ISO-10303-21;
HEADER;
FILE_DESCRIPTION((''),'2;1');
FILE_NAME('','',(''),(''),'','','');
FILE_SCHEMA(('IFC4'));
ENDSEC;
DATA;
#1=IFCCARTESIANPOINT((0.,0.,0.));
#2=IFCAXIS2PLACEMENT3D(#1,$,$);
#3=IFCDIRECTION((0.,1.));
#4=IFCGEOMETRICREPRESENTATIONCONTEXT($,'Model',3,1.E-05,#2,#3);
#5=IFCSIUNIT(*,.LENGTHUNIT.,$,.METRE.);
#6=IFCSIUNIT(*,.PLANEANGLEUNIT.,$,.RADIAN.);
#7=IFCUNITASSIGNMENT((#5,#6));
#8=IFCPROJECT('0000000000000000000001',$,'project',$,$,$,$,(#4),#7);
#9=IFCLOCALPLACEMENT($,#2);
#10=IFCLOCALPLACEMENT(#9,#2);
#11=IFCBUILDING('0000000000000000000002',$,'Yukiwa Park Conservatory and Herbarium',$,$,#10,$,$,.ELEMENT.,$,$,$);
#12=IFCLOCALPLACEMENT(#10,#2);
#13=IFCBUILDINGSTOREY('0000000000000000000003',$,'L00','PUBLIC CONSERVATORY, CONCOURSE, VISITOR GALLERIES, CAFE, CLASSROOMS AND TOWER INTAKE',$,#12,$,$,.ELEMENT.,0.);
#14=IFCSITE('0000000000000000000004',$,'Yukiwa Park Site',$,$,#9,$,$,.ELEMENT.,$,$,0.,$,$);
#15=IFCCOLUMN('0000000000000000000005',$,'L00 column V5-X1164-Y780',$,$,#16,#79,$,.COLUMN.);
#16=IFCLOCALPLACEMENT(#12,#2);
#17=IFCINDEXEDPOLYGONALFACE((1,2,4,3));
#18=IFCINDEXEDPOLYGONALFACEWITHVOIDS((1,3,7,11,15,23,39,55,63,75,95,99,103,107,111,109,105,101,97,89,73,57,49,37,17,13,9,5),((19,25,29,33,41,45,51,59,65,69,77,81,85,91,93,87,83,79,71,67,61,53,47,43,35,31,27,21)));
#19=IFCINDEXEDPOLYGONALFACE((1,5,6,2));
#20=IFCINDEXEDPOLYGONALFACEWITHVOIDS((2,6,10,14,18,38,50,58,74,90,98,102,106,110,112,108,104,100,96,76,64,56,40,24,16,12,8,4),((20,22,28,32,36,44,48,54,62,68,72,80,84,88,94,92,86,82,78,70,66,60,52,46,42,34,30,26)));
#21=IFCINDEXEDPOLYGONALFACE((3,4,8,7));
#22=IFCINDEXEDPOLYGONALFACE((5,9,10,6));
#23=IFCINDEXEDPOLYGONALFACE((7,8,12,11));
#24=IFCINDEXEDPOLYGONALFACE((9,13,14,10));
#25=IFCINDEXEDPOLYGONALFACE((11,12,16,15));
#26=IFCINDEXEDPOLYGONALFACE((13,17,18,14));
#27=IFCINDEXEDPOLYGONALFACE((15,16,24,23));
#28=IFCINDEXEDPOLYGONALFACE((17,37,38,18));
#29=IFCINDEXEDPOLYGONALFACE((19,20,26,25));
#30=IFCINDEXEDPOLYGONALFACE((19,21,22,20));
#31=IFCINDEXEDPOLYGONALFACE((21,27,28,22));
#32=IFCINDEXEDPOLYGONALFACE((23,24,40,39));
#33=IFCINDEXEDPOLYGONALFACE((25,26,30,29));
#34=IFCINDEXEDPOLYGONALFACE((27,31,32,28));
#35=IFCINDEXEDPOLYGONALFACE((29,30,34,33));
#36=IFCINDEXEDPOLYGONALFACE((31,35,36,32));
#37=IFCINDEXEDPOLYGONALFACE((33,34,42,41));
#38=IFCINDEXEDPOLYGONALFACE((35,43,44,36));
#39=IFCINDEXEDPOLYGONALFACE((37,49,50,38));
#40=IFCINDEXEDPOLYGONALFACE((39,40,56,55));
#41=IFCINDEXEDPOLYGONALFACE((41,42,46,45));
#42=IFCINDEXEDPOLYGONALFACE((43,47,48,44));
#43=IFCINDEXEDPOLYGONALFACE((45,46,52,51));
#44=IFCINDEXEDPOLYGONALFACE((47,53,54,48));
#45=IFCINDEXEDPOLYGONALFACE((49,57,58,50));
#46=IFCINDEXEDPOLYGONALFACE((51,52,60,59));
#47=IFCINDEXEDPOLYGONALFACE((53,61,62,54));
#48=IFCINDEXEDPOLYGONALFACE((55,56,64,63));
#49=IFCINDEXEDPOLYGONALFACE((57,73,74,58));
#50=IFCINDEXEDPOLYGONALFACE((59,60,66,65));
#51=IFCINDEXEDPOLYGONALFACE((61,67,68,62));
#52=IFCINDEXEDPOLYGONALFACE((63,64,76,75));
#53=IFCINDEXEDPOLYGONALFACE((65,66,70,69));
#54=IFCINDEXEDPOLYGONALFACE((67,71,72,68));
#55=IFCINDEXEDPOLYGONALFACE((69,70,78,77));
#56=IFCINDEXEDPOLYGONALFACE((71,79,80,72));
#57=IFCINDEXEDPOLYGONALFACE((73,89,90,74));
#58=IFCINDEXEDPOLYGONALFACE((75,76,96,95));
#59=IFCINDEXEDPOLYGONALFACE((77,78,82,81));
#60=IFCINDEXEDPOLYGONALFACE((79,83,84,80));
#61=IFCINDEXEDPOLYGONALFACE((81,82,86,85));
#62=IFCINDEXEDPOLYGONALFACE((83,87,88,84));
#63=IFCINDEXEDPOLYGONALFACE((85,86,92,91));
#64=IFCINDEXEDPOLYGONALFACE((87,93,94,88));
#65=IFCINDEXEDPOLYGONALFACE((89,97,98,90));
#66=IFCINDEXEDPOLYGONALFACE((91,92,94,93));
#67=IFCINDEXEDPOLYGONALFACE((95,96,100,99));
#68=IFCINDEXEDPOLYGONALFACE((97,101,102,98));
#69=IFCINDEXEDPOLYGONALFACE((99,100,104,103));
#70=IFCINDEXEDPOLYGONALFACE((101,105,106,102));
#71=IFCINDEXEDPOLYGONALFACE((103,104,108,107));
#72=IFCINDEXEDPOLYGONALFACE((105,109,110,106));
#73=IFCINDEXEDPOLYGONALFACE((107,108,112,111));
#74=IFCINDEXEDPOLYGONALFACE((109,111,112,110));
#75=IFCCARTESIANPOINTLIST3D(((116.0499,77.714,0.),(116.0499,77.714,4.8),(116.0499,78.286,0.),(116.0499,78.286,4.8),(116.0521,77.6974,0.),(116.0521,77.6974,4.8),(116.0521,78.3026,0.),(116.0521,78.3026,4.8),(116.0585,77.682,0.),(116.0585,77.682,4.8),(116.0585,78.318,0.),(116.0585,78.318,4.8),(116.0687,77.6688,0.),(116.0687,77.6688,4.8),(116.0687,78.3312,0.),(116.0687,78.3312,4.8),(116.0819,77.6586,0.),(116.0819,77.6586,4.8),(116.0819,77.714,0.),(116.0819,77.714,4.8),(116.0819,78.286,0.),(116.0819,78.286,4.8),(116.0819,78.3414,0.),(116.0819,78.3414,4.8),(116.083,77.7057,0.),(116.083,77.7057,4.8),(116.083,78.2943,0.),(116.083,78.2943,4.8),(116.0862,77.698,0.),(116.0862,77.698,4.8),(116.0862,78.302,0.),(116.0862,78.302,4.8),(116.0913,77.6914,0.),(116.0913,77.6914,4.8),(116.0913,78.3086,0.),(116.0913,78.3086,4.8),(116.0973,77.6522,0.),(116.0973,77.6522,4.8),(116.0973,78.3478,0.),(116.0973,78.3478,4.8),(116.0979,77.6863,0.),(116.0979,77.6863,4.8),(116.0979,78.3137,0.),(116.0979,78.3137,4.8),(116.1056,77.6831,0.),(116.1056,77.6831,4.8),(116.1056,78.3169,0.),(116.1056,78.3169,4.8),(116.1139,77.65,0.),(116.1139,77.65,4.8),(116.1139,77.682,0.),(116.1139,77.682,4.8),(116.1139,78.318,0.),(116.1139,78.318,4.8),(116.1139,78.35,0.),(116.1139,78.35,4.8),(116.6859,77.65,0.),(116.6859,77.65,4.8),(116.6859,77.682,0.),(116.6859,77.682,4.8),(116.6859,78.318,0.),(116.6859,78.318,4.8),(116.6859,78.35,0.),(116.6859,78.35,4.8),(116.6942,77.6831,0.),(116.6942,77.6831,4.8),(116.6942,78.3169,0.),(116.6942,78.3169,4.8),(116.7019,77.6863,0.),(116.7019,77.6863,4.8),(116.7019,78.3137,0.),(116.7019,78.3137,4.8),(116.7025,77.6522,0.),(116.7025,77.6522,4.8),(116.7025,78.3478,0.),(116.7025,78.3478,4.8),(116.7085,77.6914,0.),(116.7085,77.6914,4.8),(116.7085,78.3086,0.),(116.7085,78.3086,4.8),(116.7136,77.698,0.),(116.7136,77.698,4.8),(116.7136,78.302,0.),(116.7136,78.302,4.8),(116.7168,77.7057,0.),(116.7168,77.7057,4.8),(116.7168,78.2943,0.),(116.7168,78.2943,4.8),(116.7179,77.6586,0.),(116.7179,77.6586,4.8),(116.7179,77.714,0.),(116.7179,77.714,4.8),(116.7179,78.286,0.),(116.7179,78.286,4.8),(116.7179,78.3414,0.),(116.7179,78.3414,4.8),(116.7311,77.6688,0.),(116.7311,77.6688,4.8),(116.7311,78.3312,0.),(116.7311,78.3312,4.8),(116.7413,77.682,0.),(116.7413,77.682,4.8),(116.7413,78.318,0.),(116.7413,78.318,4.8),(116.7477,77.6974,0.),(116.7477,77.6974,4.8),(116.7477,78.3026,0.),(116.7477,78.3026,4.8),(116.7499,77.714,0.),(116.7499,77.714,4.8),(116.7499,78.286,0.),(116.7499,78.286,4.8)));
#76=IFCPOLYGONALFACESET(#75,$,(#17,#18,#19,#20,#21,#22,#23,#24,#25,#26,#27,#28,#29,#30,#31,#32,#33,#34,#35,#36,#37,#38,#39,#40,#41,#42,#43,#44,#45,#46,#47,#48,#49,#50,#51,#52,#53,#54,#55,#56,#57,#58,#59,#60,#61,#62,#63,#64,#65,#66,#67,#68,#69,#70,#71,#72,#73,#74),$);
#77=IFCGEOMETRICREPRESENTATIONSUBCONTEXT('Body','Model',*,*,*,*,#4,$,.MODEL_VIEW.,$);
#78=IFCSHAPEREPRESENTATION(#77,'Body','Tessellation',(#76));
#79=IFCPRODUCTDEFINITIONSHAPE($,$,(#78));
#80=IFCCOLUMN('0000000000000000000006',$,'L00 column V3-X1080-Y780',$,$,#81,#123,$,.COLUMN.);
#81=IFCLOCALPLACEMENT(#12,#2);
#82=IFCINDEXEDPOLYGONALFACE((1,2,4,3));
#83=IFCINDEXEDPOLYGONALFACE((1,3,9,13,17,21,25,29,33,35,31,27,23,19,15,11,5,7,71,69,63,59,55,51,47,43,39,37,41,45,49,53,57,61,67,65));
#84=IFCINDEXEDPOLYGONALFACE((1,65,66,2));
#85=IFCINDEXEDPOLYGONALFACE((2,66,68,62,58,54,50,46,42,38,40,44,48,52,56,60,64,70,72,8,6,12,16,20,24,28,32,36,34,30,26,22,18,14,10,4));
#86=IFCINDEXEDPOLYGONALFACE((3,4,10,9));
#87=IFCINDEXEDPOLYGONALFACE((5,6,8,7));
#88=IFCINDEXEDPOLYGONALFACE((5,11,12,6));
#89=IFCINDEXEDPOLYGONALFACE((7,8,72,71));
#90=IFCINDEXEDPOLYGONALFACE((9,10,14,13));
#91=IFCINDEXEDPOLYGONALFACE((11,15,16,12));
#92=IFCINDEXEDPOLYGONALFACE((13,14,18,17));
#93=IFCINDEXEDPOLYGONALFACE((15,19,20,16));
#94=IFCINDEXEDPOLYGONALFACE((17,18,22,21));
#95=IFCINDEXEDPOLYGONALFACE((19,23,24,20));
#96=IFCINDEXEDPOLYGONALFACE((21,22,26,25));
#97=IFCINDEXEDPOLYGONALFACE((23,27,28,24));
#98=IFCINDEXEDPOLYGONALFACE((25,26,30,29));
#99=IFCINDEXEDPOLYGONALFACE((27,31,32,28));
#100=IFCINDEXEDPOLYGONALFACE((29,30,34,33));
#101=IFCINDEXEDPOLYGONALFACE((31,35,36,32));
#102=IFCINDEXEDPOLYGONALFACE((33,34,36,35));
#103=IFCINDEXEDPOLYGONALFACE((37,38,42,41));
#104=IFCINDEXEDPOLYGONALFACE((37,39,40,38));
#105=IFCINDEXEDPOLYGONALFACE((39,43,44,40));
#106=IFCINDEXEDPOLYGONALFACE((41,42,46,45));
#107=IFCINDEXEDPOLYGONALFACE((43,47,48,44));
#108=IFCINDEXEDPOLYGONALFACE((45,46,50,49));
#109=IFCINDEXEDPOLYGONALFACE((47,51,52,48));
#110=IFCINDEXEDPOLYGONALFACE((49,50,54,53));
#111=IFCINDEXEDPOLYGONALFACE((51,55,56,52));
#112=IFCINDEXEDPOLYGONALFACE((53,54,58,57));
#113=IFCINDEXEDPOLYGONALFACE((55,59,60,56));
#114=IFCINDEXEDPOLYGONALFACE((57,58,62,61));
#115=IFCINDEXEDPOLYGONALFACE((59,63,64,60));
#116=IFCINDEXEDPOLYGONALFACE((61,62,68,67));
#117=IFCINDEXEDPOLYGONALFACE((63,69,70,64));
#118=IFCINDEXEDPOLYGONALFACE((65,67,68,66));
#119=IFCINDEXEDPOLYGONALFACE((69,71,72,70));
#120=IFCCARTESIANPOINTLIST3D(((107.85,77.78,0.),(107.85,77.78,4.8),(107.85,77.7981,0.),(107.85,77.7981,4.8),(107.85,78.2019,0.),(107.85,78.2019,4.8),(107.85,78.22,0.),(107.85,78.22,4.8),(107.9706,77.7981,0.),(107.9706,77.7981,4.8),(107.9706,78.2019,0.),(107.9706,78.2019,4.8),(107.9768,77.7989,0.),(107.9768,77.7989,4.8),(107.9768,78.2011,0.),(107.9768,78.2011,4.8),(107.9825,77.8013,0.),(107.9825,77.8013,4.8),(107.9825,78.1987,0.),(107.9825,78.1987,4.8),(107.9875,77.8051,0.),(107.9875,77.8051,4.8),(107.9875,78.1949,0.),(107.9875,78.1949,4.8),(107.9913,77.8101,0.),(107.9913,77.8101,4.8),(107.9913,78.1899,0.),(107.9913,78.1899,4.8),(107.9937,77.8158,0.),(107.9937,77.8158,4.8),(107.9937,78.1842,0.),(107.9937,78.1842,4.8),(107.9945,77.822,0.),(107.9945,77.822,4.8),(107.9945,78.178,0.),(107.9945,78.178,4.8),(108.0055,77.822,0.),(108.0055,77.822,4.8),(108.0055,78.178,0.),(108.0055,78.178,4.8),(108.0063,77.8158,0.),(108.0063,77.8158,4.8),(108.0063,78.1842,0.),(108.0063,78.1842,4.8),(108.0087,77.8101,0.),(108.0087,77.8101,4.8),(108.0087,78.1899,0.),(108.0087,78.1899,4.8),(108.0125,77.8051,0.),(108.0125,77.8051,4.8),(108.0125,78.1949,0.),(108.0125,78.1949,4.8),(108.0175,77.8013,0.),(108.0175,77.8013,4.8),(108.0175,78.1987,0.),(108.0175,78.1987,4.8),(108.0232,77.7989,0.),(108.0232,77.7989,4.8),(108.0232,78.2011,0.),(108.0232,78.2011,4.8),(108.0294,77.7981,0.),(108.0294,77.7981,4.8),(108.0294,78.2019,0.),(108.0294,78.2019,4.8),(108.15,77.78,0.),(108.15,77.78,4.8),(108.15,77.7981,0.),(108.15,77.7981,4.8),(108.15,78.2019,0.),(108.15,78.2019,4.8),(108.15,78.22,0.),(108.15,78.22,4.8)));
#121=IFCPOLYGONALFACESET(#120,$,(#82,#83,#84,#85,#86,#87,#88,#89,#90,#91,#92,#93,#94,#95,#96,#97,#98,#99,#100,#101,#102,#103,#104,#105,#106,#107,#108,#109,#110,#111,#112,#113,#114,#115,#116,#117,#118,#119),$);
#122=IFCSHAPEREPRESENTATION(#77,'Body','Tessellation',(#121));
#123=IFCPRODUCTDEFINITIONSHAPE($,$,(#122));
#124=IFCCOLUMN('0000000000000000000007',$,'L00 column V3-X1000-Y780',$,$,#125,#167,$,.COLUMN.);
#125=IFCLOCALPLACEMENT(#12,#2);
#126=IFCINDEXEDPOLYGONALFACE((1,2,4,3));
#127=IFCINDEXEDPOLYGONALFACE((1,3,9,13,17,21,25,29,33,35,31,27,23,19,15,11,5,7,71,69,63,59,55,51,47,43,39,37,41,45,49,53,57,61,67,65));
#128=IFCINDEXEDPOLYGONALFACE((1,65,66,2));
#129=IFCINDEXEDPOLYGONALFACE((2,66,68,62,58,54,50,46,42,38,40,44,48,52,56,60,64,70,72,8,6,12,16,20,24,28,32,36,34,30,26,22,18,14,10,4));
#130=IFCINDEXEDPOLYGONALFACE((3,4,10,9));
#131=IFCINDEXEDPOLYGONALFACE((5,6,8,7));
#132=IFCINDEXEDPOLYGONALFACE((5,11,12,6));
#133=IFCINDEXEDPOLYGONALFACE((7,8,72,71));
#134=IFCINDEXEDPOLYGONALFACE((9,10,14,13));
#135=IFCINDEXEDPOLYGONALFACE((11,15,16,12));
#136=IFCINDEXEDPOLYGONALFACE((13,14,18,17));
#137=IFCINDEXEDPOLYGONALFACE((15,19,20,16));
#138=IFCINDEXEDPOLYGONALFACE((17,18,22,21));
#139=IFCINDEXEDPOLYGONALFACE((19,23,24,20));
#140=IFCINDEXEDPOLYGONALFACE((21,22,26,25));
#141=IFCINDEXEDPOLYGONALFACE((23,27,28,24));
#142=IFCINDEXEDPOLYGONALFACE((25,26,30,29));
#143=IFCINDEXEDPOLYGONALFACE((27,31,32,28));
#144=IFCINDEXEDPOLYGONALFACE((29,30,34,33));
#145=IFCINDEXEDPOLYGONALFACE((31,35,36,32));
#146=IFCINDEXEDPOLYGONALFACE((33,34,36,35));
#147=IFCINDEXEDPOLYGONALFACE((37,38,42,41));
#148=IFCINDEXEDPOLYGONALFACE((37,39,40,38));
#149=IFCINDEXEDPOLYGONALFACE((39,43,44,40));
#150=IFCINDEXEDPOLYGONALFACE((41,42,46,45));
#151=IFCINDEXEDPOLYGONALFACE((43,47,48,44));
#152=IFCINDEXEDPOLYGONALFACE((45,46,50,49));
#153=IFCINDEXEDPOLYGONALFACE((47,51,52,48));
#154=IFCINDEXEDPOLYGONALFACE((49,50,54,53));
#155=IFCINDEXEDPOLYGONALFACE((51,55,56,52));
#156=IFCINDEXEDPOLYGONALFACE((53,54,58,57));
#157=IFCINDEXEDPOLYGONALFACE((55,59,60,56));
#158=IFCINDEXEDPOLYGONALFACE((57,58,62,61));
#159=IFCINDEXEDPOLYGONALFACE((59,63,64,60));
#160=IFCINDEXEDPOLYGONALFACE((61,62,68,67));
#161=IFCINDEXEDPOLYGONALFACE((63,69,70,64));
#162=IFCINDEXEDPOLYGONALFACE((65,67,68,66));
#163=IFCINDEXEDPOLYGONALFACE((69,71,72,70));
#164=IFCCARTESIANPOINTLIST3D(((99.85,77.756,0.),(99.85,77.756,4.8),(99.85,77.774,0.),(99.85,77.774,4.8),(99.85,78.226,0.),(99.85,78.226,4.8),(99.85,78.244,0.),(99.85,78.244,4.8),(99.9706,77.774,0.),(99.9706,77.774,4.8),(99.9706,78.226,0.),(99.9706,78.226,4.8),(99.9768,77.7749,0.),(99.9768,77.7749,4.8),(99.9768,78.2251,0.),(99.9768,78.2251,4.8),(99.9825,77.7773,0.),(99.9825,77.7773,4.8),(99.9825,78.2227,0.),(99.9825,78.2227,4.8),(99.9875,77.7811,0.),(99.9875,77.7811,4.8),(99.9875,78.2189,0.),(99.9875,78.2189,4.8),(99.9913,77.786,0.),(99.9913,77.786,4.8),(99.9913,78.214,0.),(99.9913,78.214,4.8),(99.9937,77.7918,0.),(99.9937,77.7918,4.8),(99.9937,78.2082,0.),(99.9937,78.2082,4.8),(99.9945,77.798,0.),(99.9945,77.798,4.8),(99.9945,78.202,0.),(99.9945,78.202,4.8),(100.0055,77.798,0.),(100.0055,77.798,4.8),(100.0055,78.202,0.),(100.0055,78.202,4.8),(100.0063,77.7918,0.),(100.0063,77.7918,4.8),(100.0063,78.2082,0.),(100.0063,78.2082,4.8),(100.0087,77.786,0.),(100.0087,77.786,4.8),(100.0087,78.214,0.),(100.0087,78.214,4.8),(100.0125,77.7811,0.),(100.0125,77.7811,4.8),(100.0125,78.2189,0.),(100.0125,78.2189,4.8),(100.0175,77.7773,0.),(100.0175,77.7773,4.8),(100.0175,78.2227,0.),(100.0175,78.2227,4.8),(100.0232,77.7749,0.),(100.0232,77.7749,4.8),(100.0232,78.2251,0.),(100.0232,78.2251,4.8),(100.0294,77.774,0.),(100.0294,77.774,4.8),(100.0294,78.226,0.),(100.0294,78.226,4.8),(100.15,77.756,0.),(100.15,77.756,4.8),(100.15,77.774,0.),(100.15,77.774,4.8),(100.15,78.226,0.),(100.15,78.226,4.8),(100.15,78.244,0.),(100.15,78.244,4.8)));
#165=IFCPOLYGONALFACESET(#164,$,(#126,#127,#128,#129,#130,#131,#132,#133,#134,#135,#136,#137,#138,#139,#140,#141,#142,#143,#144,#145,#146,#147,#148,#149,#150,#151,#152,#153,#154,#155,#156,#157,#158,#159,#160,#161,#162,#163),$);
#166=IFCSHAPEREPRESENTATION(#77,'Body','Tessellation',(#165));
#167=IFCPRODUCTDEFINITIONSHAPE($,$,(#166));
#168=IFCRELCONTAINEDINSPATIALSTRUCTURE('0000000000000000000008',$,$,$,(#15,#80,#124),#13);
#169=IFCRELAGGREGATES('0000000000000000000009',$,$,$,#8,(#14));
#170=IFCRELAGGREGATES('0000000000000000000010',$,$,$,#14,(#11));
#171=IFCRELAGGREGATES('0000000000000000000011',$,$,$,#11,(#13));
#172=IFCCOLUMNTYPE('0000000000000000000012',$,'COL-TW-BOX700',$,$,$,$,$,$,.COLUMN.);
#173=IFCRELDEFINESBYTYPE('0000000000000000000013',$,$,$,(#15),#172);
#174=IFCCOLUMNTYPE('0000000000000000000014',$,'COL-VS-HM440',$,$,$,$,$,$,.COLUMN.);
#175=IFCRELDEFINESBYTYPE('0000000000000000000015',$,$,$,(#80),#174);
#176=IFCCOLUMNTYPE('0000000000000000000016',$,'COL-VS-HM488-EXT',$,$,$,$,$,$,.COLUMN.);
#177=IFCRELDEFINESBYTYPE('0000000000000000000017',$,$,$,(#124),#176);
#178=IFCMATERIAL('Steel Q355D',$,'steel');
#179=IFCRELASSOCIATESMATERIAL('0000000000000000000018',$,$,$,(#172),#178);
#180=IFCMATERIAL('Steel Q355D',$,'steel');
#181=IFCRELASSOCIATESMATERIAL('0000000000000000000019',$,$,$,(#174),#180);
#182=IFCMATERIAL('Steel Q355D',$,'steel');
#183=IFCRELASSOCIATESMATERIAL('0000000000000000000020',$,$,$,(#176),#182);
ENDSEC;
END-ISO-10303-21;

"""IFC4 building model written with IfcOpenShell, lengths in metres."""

from ifc_helpers import new_model, si_unit, direction, frame, origin, origin_2d, place, context, subcontext, project, spatial, hollow_rectangle, i_section, extrude, material, material_profile, profile_set, type_object, element, save


model = new_model("IFC4")

# Units and contexts
model_context = context("Model", 3, precision=1e-05, world=origin(), true_north=direction((0.0, 1.0)))
body_context = subcontext(model_context, "Body", "Model", "MODEL_VIEW")
ifc_project = project(units=[si_unit("LENGTHUNIT", "METRE"), si_unit("PLANEANGLEUNIT", "RADIAN")], contexts=[model_context])

# Site, building, storey
site_placement = place(None, origin())
site = spatial("IfcSite", under=ifc_project, at=site_placement, Name="Yukiwa Park Site", CompositionType="ELEMENT", RefElevation=0.0)
building_placement = place(site_placement, origin())
building = spatial("IfcBuilding", under=site, at=building_placement, Name="Yukiwa Park Conservatory and Herbarium", CompositionType="ELEMENT")
storey_placement = place(building_placement, origin())
storey = spatial("IfcBuildingStorey", under=building, at=storey_placement, Name="L00", Description="PUBLIC CONSERVATORY, CONCOURSE, VISITOR GALLERIES, CAFE, CLASSROOMS AND TOWER INTAKE", CompositionType="ELEMENT", Elevation=0.0)

# Columns
ifc_material_1 = material(Name="Steel Q355D", Category="steel")
ifc_material_profile_1 = material_profile(ifc_material_1, hollow_rectangle(XDim=0.7, YDim=0.7, WallThickness=0.032, InnerFilletRadius=0.032, OuterFilletRadius=0.064, at=origin_2d()), Name="BOX 700x700x32")
ifc_profile_set_1 = profile_set([ifc_material_profile_1], Name="Steel Q355D")
column_type_1 = type_object("IfcColumnType", Name="COL-TW-BOX700", PredefinedType="COLUMN", material=ifc_profile_set_1)
column_1_placement = place(storey_placement, frame((116.3999, 78.0, 0.0), z_axis=(0.0, 0.0, 1.0), x_axis=(1.0, 0.0, 0.0)))
element("IfcColumn", 1, at=column_1_placement, inside=storey, type_object=column_type_1, Name="L00 column V5-X1164-Y780", PredefinedType="COLUMN", context=body_context, shape_type="SweptSolid", body=[
    extrude(hollow_rectangle(XDim=0.7, YDim=0.7, WallThickness=0.032, InnerFilletRadius=0.032, OuterFilletRadius=0.064, at=origin_2d()), origin(), (0.0, 0.0, 1.0), 4.8),
])
ifc_material_2 = material(Name="Steel Q355D", Category="steel")
ifc_material_profile_2 = material_profile(ifc_material_2, i_section(OverallWidth=0.3, OverallDepth=0.4399, WebThickness=0.011, FlangeThickness=0.0181, FilletRadius=0.0239, at=origin_2d()), Name="HM 440x300x11x18")
ifc_profile_set_2 = profile_set([ifc_material_profile_2], Name="Steel Q355D")
column_type_2 = type_object("IfcColumnType", Name="COL-VS-HM440", PredefinedType="COLUMN", material=ifc_profile_set_2)
column_2_placement = place(storey_placement, frame((108.0, 78.0, 0.0), z_axis=(0.0, 0.0, 1.0), x_axis=(1.0, 0.0, 0.0)))
element("IfcColumn", 2, at=column_2_placement, inside=storey, type_object=column_type_2, Name="L00 column V3-X1080-Y780", PredefinedType="COLUMN", context=body_context, shape_type="SweptSolid", body=[
    extrude(i_section(OverallWidth=0.3, OverallDepth=0.4399, WebThickness=0.011, FlangeThickness=0.0181, FilletRadius=0.0239, at=origin_2d()), origin(), (0.0, 0.0, 1.0), 4.8),
])
ifc_material_3 = material(Name="Steel Q355D", Category="steel")
ifc_material_profile_3 = material_profile(ifc_material_3, i_section(OverallWidth=0.3, OverallDepth=0.488, WebThickness=0.011, FlangeThickness=0.0181, FilletRadius=0.0239, at=origin_2d()), Name="HM 488x300x11x18")
ifc_profile_set_3 = profile_set([ifc_material_profile_3], Name="Steel Q355D")
column_type_3 = type_object("IfcColumnType", Name="COL-VS-HM488-EXT", PredefinedType="COLUMN", material=ifc_profile_set_3)
column_3_placement = place(storey_placement, frame((100.0, 78.0, 0.0), z_axis=(0.0, 0.0, 1.0), x_axis=(1.0, 0.0, 0.0)))
element("IfcColumn", 3, at=column_3_placement, inside=storey, type_object=column_type_3, Name="L00 column V3-X1000-Y780", PredefinedType="COLUMN", context=body_context, shape_type="SweptSolid", body=[
    extrude(i_section(OverallWidth=0.3, OverallDepth=0.488, WebThickness=0.011, FlangeThickness=0.0181, FilletRadius=0.0239, at=origin_2d()), origin(), (0.0, 0.0, 1.0), 4.8),
])

save(model, "model.ifc")
